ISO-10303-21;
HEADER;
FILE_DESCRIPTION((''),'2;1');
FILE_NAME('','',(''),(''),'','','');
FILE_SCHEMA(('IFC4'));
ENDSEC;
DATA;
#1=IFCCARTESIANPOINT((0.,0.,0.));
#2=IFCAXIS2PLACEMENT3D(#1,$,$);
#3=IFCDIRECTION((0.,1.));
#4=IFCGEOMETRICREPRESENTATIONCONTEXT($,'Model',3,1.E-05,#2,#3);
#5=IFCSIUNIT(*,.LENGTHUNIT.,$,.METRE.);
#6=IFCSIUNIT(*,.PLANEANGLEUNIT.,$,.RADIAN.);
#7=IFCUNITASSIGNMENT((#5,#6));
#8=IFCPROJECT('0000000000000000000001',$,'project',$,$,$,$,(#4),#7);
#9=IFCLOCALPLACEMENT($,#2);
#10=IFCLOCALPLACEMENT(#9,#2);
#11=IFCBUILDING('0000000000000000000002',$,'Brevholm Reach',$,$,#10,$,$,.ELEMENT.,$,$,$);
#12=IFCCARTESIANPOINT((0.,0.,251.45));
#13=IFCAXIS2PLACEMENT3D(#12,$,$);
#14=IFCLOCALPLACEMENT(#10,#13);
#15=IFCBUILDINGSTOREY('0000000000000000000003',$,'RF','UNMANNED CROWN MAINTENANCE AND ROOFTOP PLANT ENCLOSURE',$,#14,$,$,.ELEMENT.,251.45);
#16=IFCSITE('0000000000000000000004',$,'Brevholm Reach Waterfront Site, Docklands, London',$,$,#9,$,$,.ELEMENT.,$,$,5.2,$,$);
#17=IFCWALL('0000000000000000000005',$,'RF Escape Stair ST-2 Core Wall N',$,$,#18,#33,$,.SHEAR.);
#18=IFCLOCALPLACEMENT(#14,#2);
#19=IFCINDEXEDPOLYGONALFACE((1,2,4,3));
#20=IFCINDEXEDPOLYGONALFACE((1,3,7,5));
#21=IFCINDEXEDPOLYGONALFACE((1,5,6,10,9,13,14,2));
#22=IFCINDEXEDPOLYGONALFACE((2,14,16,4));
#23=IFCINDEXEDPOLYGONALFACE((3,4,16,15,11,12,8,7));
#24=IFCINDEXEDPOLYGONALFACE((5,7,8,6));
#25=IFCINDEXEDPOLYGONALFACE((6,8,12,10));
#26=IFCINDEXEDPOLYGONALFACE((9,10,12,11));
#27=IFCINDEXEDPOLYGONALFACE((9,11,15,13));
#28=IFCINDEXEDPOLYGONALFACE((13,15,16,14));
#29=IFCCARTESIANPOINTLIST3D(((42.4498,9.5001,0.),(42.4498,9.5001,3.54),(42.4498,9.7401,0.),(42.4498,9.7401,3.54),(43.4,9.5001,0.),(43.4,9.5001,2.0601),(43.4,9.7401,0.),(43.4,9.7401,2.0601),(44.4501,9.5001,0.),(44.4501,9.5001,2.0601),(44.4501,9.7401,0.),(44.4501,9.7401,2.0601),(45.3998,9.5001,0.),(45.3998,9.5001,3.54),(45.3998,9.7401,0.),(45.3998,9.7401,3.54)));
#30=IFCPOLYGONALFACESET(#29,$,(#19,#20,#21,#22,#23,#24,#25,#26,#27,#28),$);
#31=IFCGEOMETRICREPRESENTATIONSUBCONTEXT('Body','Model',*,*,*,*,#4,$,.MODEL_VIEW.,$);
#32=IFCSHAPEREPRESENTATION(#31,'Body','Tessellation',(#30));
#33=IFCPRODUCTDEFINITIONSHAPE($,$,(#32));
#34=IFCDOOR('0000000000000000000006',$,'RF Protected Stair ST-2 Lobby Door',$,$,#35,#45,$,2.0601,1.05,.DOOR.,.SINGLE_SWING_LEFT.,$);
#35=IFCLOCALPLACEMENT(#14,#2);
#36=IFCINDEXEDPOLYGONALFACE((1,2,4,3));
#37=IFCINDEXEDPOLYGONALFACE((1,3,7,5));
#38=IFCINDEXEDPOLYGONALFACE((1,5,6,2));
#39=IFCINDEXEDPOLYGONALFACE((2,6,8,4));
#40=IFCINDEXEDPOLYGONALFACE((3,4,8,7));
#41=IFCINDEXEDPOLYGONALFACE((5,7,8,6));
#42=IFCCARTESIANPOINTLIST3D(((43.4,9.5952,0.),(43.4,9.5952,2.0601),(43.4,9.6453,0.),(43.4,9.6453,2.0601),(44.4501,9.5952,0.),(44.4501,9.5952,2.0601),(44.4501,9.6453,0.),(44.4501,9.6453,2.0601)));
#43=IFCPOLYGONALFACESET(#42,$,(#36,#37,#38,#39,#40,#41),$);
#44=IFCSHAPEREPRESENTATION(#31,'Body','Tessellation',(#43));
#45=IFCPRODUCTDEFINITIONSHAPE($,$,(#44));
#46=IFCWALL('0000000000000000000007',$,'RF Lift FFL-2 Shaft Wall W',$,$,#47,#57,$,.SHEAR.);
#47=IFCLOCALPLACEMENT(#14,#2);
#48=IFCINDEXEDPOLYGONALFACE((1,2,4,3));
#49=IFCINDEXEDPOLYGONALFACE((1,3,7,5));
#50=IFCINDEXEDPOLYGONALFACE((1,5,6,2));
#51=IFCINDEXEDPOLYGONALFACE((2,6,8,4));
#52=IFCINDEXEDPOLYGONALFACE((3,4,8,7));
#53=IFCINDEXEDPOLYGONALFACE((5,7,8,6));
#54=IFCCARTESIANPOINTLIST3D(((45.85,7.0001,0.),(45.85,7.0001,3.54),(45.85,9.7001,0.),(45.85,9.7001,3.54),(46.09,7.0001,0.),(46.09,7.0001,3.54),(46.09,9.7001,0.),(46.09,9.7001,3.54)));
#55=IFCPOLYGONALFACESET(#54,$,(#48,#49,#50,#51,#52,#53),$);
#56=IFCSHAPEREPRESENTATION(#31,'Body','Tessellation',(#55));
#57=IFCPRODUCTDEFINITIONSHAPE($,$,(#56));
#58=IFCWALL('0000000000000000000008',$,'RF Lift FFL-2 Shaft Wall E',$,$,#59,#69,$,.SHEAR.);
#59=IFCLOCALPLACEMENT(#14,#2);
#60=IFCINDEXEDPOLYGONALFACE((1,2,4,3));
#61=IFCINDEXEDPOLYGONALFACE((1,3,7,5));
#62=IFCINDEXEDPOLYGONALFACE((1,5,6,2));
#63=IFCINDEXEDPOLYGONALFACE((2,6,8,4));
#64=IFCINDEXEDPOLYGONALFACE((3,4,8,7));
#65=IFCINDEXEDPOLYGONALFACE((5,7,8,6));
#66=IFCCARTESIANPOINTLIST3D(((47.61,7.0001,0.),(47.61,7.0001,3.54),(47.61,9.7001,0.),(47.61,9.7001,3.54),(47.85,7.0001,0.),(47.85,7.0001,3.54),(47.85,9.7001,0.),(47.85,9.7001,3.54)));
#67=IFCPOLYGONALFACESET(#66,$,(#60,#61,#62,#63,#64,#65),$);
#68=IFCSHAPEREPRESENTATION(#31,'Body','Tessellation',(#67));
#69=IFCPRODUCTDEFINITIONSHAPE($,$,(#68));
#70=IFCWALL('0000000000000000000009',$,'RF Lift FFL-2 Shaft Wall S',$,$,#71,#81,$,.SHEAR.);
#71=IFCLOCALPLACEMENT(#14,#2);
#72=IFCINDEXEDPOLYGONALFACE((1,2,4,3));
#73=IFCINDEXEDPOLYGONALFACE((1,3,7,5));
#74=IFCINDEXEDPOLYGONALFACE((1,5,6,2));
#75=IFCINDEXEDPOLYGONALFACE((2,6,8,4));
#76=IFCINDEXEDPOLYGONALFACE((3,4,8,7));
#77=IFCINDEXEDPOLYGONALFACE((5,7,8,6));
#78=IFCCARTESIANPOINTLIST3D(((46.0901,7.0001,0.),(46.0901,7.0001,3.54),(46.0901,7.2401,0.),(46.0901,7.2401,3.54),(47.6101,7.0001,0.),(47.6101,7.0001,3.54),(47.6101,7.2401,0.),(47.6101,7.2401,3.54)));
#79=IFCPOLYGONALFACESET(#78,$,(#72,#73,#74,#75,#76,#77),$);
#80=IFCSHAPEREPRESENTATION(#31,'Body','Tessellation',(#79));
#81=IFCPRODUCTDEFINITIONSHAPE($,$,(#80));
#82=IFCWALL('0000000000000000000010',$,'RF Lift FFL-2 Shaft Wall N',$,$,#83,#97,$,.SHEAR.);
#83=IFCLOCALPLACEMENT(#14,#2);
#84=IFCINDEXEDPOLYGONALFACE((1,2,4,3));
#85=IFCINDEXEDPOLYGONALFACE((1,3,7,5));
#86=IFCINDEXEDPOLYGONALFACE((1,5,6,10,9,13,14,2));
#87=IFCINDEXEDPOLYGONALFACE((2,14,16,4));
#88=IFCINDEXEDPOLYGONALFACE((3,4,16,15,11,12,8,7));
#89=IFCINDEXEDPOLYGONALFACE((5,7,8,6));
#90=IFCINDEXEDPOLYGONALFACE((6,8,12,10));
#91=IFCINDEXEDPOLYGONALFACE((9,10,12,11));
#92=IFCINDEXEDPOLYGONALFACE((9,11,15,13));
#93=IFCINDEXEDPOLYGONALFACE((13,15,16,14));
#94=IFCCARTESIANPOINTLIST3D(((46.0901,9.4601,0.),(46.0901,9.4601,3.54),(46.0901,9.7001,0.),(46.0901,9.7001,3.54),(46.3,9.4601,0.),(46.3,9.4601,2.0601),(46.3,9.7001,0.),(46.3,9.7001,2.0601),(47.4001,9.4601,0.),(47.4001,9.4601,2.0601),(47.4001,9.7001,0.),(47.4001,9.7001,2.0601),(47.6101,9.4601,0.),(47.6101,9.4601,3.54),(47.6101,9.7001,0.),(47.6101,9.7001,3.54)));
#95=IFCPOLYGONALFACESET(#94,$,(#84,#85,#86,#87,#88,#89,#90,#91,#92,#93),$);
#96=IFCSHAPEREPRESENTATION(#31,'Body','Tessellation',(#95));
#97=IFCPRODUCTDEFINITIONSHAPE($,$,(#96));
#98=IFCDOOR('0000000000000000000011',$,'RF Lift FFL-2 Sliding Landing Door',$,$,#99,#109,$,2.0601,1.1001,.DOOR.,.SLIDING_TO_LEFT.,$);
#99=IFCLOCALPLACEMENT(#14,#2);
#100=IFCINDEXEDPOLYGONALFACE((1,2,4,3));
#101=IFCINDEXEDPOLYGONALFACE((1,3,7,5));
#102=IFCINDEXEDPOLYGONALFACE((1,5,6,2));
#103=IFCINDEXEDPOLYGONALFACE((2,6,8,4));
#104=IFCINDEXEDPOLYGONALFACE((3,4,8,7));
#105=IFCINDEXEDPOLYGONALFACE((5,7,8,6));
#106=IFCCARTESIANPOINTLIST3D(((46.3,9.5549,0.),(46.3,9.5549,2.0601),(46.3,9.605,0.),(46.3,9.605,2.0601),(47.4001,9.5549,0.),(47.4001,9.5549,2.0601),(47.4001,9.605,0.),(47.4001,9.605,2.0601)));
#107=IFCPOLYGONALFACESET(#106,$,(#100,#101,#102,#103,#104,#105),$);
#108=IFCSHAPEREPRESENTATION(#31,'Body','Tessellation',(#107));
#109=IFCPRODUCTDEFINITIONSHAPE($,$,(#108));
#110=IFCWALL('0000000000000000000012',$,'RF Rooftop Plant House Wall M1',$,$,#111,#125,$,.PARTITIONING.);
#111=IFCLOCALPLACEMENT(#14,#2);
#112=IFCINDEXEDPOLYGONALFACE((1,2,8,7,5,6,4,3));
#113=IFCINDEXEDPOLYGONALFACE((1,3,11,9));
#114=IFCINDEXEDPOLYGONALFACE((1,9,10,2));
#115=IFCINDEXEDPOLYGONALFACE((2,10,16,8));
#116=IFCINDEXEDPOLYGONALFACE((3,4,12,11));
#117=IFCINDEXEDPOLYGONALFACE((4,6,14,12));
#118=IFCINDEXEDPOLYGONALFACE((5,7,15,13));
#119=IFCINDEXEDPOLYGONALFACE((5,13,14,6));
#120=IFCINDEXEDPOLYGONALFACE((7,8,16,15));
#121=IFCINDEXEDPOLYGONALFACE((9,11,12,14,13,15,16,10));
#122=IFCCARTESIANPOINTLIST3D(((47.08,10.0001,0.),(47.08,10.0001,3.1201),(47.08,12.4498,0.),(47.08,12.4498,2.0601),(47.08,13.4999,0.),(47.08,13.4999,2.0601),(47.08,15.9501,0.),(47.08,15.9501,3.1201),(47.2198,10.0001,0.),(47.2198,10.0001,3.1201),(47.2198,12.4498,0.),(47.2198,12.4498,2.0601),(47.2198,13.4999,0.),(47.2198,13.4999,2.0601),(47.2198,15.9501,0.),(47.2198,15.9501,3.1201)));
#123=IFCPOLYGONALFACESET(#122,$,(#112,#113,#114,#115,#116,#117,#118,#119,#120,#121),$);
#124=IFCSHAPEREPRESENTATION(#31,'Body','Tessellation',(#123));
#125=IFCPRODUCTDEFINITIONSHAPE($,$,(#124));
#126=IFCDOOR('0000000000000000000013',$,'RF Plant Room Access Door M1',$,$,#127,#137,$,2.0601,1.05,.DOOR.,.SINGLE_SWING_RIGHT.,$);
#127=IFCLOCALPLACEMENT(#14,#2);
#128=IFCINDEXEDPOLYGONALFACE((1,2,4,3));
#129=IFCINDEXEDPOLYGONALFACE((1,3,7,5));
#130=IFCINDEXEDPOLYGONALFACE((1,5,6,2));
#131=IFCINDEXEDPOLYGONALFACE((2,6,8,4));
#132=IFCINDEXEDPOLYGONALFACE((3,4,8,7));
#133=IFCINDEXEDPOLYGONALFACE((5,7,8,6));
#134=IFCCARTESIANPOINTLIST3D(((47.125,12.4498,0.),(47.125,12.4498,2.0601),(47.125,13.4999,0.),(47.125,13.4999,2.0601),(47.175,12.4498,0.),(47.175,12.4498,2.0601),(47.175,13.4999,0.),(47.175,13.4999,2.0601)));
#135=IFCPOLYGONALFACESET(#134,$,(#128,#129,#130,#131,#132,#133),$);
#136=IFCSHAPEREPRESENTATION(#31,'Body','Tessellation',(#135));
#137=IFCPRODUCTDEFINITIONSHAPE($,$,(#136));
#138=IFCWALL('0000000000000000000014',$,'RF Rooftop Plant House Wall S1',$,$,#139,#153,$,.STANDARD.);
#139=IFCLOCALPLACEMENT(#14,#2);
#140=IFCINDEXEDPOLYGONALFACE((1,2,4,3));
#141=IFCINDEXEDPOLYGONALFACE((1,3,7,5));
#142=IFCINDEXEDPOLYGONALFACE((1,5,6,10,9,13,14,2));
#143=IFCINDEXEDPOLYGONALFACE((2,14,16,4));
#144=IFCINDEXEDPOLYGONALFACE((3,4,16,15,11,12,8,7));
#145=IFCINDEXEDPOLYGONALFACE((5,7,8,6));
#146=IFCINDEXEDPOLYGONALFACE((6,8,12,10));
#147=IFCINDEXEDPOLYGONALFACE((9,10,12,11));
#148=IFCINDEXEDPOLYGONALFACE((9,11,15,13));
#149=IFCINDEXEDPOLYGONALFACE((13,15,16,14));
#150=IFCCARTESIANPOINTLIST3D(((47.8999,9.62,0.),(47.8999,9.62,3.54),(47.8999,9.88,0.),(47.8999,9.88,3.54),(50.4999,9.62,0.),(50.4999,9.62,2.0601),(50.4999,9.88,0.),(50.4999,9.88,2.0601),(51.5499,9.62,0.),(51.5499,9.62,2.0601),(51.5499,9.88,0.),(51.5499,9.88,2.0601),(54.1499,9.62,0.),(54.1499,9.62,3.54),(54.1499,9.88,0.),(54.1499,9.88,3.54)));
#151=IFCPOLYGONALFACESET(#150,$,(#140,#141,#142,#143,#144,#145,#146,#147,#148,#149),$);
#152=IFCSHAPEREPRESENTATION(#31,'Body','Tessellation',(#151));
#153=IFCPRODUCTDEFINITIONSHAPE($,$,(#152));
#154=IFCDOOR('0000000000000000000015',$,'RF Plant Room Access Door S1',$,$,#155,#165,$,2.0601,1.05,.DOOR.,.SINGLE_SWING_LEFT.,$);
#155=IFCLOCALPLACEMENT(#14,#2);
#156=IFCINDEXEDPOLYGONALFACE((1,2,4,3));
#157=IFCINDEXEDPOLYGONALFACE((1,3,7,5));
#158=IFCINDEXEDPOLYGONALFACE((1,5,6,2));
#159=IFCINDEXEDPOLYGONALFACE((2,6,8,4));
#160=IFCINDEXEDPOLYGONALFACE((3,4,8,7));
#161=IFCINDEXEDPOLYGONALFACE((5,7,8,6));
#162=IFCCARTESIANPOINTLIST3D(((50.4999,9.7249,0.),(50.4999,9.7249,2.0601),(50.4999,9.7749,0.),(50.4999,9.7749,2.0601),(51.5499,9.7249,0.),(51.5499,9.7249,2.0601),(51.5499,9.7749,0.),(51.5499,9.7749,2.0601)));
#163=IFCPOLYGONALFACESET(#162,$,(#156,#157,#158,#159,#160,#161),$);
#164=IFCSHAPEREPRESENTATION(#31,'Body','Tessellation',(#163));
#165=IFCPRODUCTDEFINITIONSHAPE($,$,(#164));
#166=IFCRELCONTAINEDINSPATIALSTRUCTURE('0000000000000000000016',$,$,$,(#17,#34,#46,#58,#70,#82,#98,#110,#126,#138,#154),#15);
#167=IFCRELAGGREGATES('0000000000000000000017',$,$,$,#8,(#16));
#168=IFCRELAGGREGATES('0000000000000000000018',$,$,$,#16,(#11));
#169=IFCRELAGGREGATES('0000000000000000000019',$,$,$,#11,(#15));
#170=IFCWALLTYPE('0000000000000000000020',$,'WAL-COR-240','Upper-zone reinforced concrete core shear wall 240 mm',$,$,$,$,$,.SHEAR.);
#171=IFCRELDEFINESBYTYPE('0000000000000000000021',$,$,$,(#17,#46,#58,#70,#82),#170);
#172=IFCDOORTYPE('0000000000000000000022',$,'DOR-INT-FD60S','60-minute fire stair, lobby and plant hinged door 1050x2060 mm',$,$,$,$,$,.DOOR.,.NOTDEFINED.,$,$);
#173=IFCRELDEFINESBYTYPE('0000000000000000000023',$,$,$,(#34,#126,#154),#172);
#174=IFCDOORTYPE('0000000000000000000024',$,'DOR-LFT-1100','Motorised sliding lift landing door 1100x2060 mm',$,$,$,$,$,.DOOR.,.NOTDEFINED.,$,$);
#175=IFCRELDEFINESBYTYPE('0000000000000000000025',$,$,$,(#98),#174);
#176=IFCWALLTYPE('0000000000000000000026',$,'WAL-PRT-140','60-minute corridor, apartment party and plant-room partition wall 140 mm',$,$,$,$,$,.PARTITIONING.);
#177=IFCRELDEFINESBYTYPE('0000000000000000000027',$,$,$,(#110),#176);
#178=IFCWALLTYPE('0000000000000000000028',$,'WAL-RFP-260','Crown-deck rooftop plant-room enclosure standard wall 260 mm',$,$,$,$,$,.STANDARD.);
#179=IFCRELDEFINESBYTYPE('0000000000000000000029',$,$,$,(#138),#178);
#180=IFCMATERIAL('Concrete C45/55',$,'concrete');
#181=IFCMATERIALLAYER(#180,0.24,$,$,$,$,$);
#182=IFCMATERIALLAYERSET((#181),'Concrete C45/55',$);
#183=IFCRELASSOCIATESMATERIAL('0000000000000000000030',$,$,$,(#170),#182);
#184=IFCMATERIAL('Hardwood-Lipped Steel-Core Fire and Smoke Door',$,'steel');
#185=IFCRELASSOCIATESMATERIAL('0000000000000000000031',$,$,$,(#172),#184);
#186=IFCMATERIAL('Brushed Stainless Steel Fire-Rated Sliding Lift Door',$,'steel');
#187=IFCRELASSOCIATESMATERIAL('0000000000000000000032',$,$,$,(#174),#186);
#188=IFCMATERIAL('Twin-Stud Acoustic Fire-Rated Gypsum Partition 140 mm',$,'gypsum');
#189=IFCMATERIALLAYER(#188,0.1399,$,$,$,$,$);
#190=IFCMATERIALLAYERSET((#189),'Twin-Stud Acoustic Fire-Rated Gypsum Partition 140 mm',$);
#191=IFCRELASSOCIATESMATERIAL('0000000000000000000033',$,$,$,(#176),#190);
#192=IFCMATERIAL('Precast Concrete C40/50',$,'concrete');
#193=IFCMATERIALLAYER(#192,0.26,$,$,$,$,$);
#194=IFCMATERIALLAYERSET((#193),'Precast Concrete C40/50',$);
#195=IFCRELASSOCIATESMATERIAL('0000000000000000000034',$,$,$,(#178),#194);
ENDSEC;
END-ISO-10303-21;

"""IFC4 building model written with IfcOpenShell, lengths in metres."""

from ifc_helpers import new_model, si_unit, direction, frame, frame_2d, origin, place, context, subcontext, project, spatial, rectangle, extrude, material, layer, layer_set, type_object, element, fill, save


model = new_model("IFC4")

# Units and contexts
model_context = context("Model", 3, precision=1e-05, world=origin(), true_north=direction((0.0, 1.0)))
body_context = subcontext(model_context, "Body", "Model", "MODEL_VIEW")
ifc_project = project(units=[si_unit("LENGTHUNIT", "METRE"), si_unit("PLANEANGLEUNIT", "RADIAN")], contexts=[model_context])

# Site, building, storey
site_placement = place(None, origin())
site = spatial("IfcSite", under=ifc_project, at=site_placement, Name="Brevholm Reach Waterfront Site, Docklands, London", CompositionType="ELEMENT", RefElevation=5.2)
building_placement = place(site_placement, origin())
building = spatial("IfcBuilding", under=site, at=building_placement, Name="Brevholm Reach", CompositionType="ELEMENT")
storey_placement = place(building_placement, frame((0.0, 0.0, 251.45)))
storey = spatial("IfcBuildingStorey", under=building, at=storey_placement, Name="RF", Description="UNMANNED CROWN MAINTENANCE AND ROOFTOP PLANT ENCLOSURE", CompositionType="ELEMENT", Elevation=251.45)

# Shared definitions
ifc_material_1 = material(Name="Concrete C45/55", Category="concrete")
ifc_layer_1 = layer(ifc_material_1, 0.24)
ifc_layer_set_1 = layer_set([ifc_layer_1], Name="Concrete C45/55")
wall_type_1 = type_object("IfcWallType", Name="WAL-COR-240", Description="Upper-zone reinforced concrete core shear wall 240 mm", PredefinedType="SHEAR", material=ifc_layer_set_1)

# Wall, opening, door
wall_1_placement = place(storey_placement, frame((45.3999, 9.6201, 0.0), z_axis=(0.0, 0.0, 1.0), x_axis=(-1.0, 0.0, 0.0)))
wall_1 = element("IfcWall", 1, at=wall_1_placement, inside=storey, type_object=wall_type_1, Name="RF Escape Stair ST-2 Core Wall N", PredefinedType="SHEAR", context=body_context, shape_type="SweptSolid", body=[
    extrude(rectangle(XDim=2.95, YDim=0.24, at=frame_2d((1.4751, 0.0))), origin(), (0.0, 0.0, 1.0), 3.54),
])
opening_1_placement = place(wall_1_placement, frame((0.95, 0.0, 0.0)))
opening_1 = element("IfcOpeningElement", 2, at=opening_1_placement, cuts=wall_1, PredefinedType="OPENING", context=body_context, shape_type="SweptSolid", body=[
    extrude(rectangle(XDim=1.05, YDim=2.0601, at=frame_2d((0.5249, 1.03))), frame((0.0, 0.1299, 0.0), z_axis=(0.0, -1.0, 0.0), x_axis=(1.0, 0.0, 0.0)), (0.0, 0.0, 1.0), 0.26),
])
ifc_material_2 = material(Name="Hardwood-Lipped Steel-Core Fire and Smoke Door", Category="steel")
door_type_1 = type_object("IfcDoorType", Name="DOR-INT-FD60S", Description="60-minute fire stair, lobby and plant hinged door 1050x2060 mm", OperationType="NOTDEFINED", PredefinedType="DOOR", material=ifc_material_2)
door_1_placement = place(opening_1_placement, origin())
door_1 = element("IfcDoor", 3, at=door_1_placement, inside=storey, type_object=door_type_1, Name="RF Protected Stair ST-2 Lobby Door", OperationType="SINGLE_SWING_LEFT", OverallHeight=2.0601, OverallWidth=1.05, PredefinedType="DOOR", context=body_context, shape_type="SweptSolid", body=[
    extrude(rectangle(XDim=1.05, YDim=2.0601, at=frame_2d((0.5249, 1.03))), frame((0.0, 0.0249, 0.0), z_axis=(0.0, -1.0, 0.0), x_axis=(1.0, 0.0, 0.0)), (0.0, 0.0, 1.0), 0.05),
])
fill(opening_1, door_1)

# Walls
for number, where, z_axis, x_axis, name in (
    (4, (45.97, 7.0, 0.0), (0.0, 0.0, 1.0), (0.0, 1.0, 0.0), "RF Lift FFL-2 Shaft Wall W"),
    (5, (47.73, 7.0, 0.0), (0.0, 0.0, 1.0), (0.0, 1.0, 0.0), "RF Lift FFL-2 Shaft Wall E"),
):
    element("IfcWall", number, at=place(storey_placement, frame(where, z_axis=z_axis, x_axis=x_axis)), inside=storey, type_object=wall_type_1, Name=name, PredefinedType="SHEAR", context=body_context, shape_type="SweptSolid", body=[
        extrude(rectangle(XDim=2.7, YDim=0.24, at=frame_2d((1.3501, 0.0))), origin(), (0.0, 0.0, 1.0), 3.54),
    ])
wall_2_placement = place(storey_placement, frame((46.0901, 7.1201, 0.0), z_axis=(0.0, 0.0, 1.0), x_axis=(1.0, 0.0, 0.0)))
element("IfcWall", 6, at=wall_2_placement, inside=storey, type_object=wall_type_1, Name="RF Lift FFL-2 Shaft Wall S", PredefinedType="SHEAR", context=body_context, shape_type="SweptSolid", body=[
    extrude(rectangle(XDim=1.52, YDim=0.24, at=frame_2d((0.76, 0.0))), origin(), (0.0, 0.0, 1.0), 3.54),
])

# Walls, openings, doors
wall_3_placement = place(storey_placement, frame((46.0901, 9.5801, 0.0), z_axis=(0.0, 0.0, 1.0), x_axis=(1.0, 0.0, 0.0)))
wall_3 = element("IfcWall", 7, at=wall_3_placement, inside=storey, type_object=wall_type_1, Name="RF Lift FFL-2 Shaft Wall N", PredefinedType="SHEAR", context=body_context, shape_type="SweptSolid", body=[
    extrude(rectangle(XDim=1.52, YDim=0.24, at=frame_2d((0.76, 0.0))), origin(), (0.0, 0.0, 1.0), 3.54),
])
opening_2_placement = place(wall_3_placement, frame((0.21, 0.0, 0.0)))
opening_2 = element("IfcOpeningElement", 8, at=opening_2_placement, cuts=wall_3, PredefinedType="OPENING", context=body_context, shape_type="SweptSolid", body=[
    extrude(rectangle(XDim=1.1001, YDim=2.0601, at=frame_2d((0.55, 1.03))), frame((0.0, 0.1299, 0.0), z_axis=(0.0, -1.0, 0.0), x_axis=(1.0, 0.0, 0.0)), (0.0, 0.0, 1.0), 0.26),
])
ifc_material_3 = material(Name="Brushed Stainless Steel Fire-Rated Sliding Lift Door", Category="steel")
door_type_2 = type_object("IfcDoorType", Name="DOR-LFT-1100", Description="Motorised sliding lift landing door 1100x2060 mm", OperationType="NOTDEFINED", PredefinedType="DOOR", material=ifc_material_3)
door_2_placement = place(opening_2_placement, origin())
door_2 = element("IfcDoor", 9, at=door_2_placement, inside=storey, type_object=door_type_2, Name="RF Lift FFL-2 Sliding Landing Door", OperationType="SLIDING_TO_LEFT", OverallHeight=2.0601, OverallWidth=1.1001, PredefinedType="DOOR", context=body_context, shape_type="SweptSolid", body=[
    extrude(rectangle(XDim=1.1001, YDim=2.0601, at=frame_2d((0.55, 1.03))), frame((0.0, 0.0249, 0.0), z_axis=(0.0, -1.0, 0.0), x_axis=(1.0, 0.0, 0.0)), (0.0, 0.0, 1.0), 0.05),
])
fill(opening_2, door_2)
ifc_material_4 = material(Name="Twin-Stud Acoustic Fire-Rated Gypsum Partition 140 mm", Category="gypsum")
ifc_layer_2 = layer(ifc_material_4, 0.1399)
ifc_layer_set_2 = layer_set([ifc_layer_2], Name="Twin-Stud Acoustic Fire-Rated Gypsum Partition 140 mm")
wall_type_2 = type_object("IfcWallType", Name="WAL-PRT-140", Description="60-minute corridor, apartment party and plant-room partition wall 140 mm", PredefinedType="PARTITIONING", material=ifc_layer_set_2)
wall_4_placement = place(storey_placement, frame((47.1499, 10.0, 0.0), z_axis=(0.0, 0.0, 1.0), x_axis=(0.0, 1.0, 0.0)))
wall_4 = element("IfcWall", 10, at=wall_4_placement, inside=storey, type_object=wall_type_2, Name="RF Rooftop Plant House Wall M1", PredefinedType="PARTITIONING", context=body_context, shape_type="SweptSolid", body=[
    extrude(rectangle(XDim=5.95, YDim=0.1399, at=frame_2d((2.9751, 0.0))), origin(), (0.0, 0.0, 1.0), 3.1201),
])
opening_3_placement = place(wall_4_placement, frame((2.45, 0.0, 0.0)))
opening_3 = element("IfcOpeningElement", 11, at=opening_3_placement, cuts=wall_4, PredefinedType="OPENING", context=body_context, shape_type="SweptSolid", body=[
    extrude(rectangle(XDim=1.05, YDim=2.0601, at=frame_2d((0.5249, 1.03))), frame((0.0, 0.0798, 0.0), z_axis=(0.0, -1.0, 0.0), x_axis=(1.0, 0.0, 0.0)), (0.0, 0.0, 1.0), 0.1599),
])
door_3_placement = place(opening_3_placement, origin())
door_3 = element("IfcDoor", 12, at=door_3_placement, inside=storey, type_object=door_type_1, Name="RF Plant Room Access Door M1", OperationType="SINGLE_SWING_RIGHT", OverallHeight=2.0601, OverallWidth=1.05, PredefinedType="DOOR", context=body_context, shape_type="SweptSolid", body=[
    extrude(rectangle(XDim=1.05, YDim=2.0601, at=frame_2d((0.5249, 1.03))), frame((0.0, 0.0249, 0.0), z_axis=(0.0, -1.0, 0.0), x_axis=(1.0, 0.0, 0.0)), (0.0, 0.0, 1.0), 0.05),
])
fill(opening_3, door_3)
ifc_material_5 = material(Name="Precast Concrete C40/50", Category="concrete")
ifc_layer_3 = layer(ifc_material_5, 0.26)
ifc_layer_set_3 = layer_set([ifc_layer_3], Name="Precast Concrete C40/50")
wall_type_3 = type_object("IfcWallType", Name="WAL-RFP-260", Description="Crown-deck rooftop plant-room enclosure standard wall 260 mm", PredefinedType="STANDARD", material=ifc_layer_set_3)
wall_5_placement = place(storey_placement, frame((47.8999, 9.75, 0.0), z_axis=(0.0, 0.0, 1.0), x_axis=(1.0, 0.0, 0.0)))
wall_5 = element("IfcWall", 13, at=wall_5_placement, inside=storey, type_object=wall_type_3, Name="RF Rooftop Plant House Wall S1", PredefinedType="STANDARD", context=body_context, shape_type="SweptSolid", body=[
    extrude(rectangle(XDim=6.25, YDim=0.26, at=frame_2d((3.125, 0.0))), origin(), (0.0, 0.0, 1.0), 3.54),
])
opening_4_placement = place(wall_5_placement, frame((2.6001, 0.0, 0.0)))
opening_4 = element("IfcOpeningElement", 14, at=opening_4_placement, cuts=wall_5, PredefinedType="OPENING", context=body_context, shape_type="SweptSolid", body=[
    extrude(rectangle(XDim=1.05, YDim=2.0601, at=frame_2d((0.5249, 1.03))), frame((0.0, 0.1399, 0.0), z_axis=(0.0, -1.0, 0.0), x_axis=(1.0, 0.0, 0.0)), (0.0, 0.0, 1.0), 0.28),
])
door_4_placement = place(opening_4_placement, origin())
door_4 = element("IfcDoor", 15, at=door_4_placement, inside=storey, type_object=door_type_1, Name="RF Plant Room Access Door S1", OperationType="SINGLE_SWING_LEFT", OverallHeight=2.0601, OverallWidth=1.05, PredefinedType="DOOR", context=body_context, shape_type="SweptSolid", body=[
    extrude(rectangle(XDim=1.05, YDim=2.0601, at=frame_2d((0.5249, 1.03))), frame((0.0, 0.0249, 0.0), z_axis=(0.0, -1.0, 0.0), x_axis=(1.0, 0.0, 0.0)), (0.0, 0.0, 1.0), 0.05),
])
fill(opening_4, door_4)

save(model, "model.ifc")
